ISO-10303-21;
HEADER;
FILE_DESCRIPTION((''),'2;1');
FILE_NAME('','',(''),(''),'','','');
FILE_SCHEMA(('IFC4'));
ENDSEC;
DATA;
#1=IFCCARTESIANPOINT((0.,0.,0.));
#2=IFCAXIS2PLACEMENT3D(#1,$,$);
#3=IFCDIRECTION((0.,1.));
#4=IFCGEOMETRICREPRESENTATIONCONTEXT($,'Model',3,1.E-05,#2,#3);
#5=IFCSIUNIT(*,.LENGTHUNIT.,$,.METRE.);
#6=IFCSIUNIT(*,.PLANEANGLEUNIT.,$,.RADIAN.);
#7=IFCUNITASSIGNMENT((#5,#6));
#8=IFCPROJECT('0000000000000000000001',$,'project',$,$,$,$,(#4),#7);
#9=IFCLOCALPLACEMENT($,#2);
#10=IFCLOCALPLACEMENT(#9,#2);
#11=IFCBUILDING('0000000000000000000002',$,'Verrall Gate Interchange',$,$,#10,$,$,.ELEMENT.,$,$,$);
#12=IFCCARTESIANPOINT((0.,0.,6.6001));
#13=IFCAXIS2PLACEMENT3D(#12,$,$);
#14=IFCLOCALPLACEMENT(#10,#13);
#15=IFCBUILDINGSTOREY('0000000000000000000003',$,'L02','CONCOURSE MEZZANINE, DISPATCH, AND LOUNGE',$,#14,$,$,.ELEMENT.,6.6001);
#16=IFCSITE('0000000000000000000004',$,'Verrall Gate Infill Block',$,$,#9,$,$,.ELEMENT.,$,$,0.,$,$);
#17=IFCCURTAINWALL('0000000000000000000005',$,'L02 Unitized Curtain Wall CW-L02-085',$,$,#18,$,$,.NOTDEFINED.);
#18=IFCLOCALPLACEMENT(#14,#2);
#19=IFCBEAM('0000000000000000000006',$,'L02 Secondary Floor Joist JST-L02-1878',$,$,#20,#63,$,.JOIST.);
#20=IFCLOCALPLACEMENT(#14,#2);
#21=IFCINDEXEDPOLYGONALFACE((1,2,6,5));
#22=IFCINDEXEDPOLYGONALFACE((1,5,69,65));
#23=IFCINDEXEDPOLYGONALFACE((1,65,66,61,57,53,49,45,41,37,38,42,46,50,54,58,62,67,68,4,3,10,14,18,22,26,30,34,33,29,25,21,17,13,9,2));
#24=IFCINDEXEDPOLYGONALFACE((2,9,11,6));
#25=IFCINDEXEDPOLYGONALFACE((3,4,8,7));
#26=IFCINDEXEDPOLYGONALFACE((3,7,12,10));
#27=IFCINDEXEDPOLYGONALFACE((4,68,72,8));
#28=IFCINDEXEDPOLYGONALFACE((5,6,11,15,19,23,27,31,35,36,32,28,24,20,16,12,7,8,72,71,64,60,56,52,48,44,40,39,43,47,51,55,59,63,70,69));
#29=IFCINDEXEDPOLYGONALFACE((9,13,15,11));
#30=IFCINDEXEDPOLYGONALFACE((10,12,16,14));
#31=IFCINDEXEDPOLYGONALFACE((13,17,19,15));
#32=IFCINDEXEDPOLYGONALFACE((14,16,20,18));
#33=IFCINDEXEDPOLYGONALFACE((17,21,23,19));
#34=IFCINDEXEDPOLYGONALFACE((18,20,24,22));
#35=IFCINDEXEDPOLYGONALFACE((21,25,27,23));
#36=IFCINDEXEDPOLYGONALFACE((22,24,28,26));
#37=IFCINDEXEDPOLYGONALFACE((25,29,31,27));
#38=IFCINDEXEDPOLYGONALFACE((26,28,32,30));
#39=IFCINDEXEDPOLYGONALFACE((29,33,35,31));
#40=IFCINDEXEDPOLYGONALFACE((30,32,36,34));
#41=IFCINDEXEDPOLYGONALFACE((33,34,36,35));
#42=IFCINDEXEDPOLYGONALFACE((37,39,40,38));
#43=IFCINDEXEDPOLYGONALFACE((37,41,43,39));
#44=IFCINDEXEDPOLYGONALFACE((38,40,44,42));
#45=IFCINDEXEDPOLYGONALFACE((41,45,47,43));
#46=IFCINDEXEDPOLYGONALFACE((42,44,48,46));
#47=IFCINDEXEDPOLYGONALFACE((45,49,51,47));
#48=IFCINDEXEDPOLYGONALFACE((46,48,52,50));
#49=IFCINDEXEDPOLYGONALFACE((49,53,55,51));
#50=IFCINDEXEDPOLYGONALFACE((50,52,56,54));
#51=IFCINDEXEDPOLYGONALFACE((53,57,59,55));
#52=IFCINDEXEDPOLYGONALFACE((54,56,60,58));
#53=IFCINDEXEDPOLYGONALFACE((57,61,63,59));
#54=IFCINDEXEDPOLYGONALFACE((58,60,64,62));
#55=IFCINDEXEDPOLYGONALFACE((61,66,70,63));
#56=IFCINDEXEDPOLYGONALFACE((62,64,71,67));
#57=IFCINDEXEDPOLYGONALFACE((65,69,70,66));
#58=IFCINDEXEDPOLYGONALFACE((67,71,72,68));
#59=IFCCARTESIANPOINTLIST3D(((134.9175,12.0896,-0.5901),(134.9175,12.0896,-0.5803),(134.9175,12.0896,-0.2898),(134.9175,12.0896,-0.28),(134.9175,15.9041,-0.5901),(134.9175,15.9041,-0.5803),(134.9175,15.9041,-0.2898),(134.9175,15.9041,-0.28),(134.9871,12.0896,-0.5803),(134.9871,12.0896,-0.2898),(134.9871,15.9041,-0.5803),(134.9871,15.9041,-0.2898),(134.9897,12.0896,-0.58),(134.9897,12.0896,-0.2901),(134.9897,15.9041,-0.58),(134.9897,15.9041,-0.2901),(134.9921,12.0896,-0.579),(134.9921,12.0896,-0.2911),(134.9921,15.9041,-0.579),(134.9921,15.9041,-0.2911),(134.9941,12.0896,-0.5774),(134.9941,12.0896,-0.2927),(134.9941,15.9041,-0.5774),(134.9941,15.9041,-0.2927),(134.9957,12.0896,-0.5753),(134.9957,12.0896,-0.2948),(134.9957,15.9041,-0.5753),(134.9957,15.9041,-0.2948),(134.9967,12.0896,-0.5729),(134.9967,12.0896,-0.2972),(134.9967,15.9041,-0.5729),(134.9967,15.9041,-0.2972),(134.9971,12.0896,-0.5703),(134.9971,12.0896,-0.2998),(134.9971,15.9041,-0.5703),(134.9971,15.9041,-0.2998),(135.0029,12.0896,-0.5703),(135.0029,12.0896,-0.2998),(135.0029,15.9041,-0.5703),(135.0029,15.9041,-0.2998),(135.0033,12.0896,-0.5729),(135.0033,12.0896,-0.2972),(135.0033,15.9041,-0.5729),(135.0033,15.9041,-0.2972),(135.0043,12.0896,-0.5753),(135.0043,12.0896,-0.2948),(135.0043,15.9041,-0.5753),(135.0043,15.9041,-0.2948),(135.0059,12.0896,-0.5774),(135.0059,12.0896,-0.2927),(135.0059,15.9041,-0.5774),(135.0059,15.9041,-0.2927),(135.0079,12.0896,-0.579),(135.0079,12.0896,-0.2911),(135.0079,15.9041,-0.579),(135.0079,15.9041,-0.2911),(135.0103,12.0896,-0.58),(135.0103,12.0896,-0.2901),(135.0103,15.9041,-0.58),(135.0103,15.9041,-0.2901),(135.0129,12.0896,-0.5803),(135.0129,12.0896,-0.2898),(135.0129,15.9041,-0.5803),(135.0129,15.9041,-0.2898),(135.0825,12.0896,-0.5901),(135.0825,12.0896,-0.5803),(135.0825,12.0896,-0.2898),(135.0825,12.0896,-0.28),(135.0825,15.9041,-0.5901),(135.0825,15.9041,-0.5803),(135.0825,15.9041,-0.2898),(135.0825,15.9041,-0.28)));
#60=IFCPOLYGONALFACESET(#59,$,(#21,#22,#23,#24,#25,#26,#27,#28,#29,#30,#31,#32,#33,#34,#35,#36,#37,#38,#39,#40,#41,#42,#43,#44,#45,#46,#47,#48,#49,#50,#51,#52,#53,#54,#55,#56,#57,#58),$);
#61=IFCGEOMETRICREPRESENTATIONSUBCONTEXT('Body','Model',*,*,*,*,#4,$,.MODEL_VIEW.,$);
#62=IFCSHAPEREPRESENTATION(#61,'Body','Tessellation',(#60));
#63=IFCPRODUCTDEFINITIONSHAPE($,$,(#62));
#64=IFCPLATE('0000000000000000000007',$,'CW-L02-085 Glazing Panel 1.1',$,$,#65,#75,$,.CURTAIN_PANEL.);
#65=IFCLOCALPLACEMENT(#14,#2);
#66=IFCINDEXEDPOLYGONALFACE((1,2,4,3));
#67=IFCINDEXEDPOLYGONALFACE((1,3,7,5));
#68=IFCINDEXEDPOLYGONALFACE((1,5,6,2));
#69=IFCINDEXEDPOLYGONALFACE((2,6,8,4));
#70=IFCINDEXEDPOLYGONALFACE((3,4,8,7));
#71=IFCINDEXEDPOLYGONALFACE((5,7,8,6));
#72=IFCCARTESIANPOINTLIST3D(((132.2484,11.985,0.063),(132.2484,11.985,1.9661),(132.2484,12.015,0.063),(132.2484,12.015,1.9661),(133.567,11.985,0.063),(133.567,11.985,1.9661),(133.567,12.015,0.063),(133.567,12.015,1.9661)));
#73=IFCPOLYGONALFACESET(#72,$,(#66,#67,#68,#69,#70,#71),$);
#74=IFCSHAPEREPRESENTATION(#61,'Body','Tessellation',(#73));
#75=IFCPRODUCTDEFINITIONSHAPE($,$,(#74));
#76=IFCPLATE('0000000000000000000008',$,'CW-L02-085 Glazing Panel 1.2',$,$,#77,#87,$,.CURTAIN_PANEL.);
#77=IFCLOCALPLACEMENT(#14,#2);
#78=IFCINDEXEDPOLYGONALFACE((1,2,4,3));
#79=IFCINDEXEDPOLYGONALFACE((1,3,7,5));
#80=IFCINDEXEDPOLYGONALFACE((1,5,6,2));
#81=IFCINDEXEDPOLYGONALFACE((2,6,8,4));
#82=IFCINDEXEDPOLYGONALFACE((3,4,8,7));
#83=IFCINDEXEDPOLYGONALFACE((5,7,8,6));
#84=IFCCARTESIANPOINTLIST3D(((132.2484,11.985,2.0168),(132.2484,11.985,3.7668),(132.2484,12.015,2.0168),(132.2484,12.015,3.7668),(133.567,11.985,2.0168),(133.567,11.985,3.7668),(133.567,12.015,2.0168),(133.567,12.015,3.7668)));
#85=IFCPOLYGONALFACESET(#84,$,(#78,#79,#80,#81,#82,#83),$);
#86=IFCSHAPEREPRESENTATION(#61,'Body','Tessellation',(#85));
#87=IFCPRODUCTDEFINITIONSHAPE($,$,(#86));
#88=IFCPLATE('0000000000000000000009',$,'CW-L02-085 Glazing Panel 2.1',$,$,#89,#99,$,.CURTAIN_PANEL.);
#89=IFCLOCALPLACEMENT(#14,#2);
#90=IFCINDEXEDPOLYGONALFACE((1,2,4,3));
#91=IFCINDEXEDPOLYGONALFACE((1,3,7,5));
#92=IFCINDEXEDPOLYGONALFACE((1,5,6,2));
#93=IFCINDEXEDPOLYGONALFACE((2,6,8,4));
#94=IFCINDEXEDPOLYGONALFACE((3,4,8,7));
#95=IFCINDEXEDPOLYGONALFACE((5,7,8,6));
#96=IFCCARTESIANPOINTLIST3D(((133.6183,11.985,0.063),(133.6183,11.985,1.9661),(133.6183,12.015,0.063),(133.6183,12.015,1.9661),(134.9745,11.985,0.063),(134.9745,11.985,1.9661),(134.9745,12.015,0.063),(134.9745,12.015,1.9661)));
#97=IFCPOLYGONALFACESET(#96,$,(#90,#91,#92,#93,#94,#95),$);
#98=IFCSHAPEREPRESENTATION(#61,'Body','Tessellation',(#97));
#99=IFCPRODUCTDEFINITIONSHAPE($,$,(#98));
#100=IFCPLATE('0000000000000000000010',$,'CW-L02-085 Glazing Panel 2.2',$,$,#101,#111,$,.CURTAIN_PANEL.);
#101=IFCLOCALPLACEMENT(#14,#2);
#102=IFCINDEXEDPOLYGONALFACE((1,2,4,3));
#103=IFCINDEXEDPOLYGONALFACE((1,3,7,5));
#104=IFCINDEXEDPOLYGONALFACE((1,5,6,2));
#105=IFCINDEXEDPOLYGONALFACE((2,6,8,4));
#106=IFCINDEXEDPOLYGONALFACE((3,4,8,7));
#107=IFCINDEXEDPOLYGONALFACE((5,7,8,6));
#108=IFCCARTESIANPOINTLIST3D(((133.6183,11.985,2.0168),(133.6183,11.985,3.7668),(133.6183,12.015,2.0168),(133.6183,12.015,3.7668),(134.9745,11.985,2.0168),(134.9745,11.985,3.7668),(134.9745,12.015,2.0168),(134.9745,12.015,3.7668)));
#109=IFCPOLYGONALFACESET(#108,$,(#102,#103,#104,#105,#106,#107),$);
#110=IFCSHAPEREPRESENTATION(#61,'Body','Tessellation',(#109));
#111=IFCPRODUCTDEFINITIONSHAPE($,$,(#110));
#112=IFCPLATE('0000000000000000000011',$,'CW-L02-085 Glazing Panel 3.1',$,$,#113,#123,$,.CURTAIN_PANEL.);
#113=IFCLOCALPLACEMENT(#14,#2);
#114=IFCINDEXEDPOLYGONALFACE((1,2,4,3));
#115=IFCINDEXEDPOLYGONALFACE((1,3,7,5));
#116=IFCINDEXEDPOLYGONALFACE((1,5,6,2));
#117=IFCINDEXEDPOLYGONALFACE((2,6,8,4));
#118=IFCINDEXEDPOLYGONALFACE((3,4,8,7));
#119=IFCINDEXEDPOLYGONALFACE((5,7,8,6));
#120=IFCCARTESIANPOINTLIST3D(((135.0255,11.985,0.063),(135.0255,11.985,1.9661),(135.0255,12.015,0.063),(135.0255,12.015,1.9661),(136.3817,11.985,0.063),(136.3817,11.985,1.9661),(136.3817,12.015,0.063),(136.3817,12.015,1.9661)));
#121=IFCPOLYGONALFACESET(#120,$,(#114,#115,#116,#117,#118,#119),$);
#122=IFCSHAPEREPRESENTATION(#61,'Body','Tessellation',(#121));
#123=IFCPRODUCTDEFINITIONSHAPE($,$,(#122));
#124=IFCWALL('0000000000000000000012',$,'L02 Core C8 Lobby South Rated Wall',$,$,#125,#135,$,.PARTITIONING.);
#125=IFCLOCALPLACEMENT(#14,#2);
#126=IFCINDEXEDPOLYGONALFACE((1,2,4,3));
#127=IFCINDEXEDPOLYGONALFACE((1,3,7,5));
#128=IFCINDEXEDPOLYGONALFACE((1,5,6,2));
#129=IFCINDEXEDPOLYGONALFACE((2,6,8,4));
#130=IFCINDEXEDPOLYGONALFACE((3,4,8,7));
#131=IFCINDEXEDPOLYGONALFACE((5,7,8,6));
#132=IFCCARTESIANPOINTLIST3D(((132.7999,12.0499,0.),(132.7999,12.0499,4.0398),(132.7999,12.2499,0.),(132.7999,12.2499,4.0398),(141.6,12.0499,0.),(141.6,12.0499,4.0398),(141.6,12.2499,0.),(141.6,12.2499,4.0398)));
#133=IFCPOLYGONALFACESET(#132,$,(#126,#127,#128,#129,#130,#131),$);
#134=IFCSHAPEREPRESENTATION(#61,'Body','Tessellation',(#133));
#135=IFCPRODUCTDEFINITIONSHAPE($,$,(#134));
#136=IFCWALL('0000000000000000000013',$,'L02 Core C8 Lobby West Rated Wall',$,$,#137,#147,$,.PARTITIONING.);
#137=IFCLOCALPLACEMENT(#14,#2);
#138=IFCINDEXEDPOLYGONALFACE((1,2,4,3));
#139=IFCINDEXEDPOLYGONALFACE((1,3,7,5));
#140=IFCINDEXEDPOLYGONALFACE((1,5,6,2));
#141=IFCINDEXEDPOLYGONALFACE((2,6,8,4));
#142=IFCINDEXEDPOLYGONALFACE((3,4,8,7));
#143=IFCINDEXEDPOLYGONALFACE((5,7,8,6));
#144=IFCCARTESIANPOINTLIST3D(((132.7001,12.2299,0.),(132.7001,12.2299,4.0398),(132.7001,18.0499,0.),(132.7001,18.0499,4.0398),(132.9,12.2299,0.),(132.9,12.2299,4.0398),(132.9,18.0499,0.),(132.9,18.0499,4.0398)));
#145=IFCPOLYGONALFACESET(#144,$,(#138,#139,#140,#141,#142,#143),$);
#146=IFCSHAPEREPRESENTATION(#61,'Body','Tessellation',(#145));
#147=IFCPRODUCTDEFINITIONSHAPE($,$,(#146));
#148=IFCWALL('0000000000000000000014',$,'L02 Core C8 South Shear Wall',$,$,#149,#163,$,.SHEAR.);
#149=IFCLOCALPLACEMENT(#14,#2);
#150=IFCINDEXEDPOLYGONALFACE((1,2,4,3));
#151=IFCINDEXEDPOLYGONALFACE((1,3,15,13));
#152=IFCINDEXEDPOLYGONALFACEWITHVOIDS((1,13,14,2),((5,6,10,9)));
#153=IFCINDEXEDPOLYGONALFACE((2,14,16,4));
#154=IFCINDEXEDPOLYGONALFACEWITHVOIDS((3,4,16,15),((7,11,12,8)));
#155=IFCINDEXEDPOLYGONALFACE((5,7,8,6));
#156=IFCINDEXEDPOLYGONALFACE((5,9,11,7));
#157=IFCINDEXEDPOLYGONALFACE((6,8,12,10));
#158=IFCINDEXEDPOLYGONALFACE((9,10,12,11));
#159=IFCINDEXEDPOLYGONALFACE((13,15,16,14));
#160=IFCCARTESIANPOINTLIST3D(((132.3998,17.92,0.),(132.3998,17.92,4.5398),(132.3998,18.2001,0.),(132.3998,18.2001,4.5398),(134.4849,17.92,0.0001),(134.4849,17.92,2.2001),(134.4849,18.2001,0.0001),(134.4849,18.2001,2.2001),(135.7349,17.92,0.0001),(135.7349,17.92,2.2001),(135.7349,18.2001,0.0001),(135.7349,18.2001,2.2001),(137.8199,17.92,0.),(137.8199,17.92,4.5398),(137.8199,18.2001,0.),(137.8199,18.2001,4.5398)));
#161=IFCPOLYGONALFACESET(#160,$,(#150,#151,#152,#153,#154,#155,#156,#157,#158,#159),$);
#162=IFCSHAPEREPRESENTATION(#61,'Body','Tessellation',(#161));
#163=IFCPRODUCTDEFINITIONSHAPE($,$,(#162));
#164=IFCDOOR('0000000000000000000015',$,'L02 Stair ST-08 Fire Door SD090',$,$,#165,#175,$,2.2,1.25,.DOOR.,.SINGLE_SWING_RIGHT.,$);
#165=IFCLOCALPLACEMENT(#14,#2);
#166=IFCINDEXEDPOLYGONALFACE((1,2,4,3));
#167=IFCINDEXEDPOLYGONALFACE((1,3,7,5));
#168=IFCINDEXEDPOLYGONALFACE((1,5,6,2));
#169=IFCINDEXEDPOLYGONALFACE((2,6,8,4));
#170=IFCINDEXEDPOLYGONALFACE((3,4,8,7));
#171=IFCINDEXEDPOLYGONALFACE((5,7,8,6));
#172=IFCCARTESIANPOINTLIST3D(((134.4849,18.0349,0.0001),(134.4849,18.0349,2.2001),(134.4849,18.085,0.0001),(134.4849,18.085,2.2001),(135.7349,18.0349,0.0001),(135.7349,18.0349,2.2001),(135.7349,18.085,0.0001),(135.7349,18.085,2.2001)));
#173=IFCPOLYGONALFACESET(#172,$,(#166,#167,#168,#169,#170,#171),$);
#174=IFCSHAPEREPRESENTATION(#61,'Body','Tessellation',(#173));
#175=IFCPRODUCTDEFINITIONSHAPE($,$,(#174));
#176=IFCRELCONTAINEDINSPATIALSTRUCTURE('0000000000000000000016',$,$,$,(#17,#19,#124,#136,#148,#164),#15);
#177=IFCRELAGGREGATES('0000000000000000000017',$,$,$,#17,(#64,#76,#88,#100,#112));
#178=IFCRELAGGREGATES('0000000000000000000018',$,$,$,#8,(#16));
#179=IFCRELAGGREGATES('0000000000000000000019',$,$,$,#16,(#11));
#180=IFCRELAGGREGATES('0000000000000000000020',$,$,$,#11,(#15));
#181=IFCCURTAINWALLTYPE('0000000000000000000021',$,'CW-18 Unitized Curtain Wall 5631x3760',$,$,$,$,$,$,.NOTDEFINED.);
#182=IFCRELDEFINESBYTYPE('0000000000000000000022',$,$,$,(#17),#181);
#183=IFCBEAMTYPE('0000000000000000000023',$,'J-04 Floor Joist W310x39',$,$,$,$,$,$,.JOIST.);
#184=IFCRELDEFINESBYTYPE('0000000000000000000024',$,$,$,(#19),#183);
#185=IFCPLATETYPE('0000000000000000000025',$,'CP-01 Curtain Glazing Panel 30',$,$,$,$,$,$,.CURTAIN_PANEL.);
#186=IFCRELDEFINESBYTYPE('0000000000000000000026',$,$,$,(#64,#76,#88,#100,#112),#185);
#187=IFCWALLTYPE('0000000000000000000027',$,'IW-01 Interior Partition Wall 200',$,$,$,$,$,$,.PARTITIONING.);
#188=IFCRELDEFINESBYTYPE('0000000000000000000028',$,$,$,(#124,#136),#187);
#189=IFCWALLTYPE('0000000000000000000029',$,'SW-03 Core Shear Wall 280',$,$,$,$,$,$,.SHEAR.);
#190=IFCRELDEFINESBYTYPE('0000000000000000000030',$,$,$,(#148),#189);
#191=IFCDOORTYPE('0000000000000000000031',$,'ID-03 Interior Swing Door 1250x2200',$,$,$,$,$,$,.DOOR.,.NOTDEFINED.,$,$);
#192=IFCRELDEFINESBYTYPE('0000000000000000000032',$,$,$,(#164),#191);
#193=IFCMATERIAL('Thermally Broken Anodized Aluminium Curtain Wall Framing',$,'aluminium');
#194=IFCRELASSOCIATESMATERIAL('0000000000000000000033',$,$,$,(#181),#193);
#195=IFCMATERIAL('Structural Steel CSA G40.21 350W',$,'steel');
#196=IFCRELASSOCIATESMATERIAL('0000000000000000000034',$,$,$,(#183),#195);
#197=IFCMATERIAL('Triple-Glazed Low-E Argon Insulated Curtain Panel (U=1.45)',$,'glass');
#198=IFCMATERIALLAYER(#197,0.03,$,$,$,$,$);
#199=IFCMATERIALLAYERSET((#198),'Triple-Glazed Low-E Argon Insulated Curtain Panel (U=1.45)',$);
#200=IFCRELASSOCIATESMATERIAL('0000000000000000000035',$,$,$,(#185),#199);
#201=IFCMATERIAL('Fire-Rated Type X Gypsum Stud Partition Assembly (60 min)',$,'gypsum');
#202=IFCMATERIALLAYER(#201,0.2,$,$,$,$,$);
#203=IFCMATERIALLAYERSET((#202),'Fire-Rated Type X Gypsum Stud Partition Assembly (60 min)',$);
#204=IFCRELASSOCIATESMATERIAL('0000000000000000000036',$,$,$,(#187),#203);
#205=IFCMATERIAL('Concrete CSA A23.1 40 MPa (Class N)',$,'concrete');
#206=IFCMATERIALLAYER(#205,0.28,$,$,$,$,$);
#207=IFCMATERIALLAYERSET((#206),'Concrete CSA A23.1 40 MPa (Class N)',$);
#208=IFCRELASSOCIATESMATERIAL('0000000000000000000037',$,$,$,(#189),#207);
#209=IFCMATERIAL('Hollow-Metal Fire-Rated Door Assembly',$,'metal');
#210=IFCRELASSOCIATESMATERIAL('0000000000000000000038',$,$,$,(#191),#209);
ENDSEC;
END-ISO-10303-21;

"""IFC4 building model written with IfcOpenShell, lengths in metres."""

from ifc_helpers import new_model, si_unit, direction, frame, frame_2d, origin, origin_2d, place, context, subcontext, project, spatial, rectangle, i_section, extrude, material, layer, layer_set, material_profile, profile_set, type_object, element, fill, aggregate, save


model = new_model("IFC4")

# Units and contexts
model_context = context("Model", 3, precision=1e-05, world=origin(), true_north=direction((0.0, 1.0)))
body_context = subcontext(model_context, "Body", "Model", "MODEL_VIEW")
ifc_project = project(units=[si_unit("LENGTHUNIT", "METRE"), si_unit("PLANEANGLEUNIT", "RADIAN")], contexts=[model_context])

# Site, building, storey
site_placement = place(None, origin())
site = spatial("IfcSite", under=ifc_project, at=site_placement, Name="Verrall Gate Infill Block", CompositionType="ELEMENT", RefElevation=0.0)
building_placement = place(site_placement, origin())
building = spatial("IfcBuilding", under=site, at=building_placement, Name="Verrall Gate Interchange", CompositionType="ELEMENT")
storey_placement = place(building_placement, frame((0.0, 0.0, 6.6001)))
storey = spatial("IfcBuildingStorey", under=building, at=storey_placement, Name="L02", Description="CONCOURSE MEZZANINE, DISPATCH, AND LOUNGE", CompositionType="ELEMENT", Elevation=6.6001)

# Curtain wall
ifc_material_1 = material(Name="Thermally Broken Anodized Aluminium Curtain Wall Framing", Category="aluminium")
curtain_wall_type = type_object("IfcCurtainWallType", Name="CW-18 Unitized Curtain Wall 5631x3760", PredefinedType="NOTDEFINED", material=ifc_material_1)
curtain_wall_placement = place(storey_placement, origin())
curtain_wall = element("IfcCurtainWall", 1, at=curtain_wall_placement, inside=storey, type_object=curtain_wall_type, Name="L02 Unitized Curtain Wall CW-L02-085", PredefinedType="NOTDEFINED")

# Beam
ifc_material_2 = material(Name="Structural Steel CSA G40.21 350W", Category="steel")
ifc_material_profile_1 = material_profile(ifc_material_2, i_section(OverallWidth=0.165, OverallDepth=0.3101, WebThickness=0.0059, FlangeThickness=0.0098, FilletRadius=0.01, at=origin_2d()), Name="W310x39")
ifc_profile_set_1 = profile_set([ifc_material_profile_1], Name="Structural Steel CSA G40.21 350W")
beam_type_1 = type_object("IfcBeamType", Name="J-04 Floor Joist W310x39", PredefinedType="JOIST", material=ifc_profile_set_1)
beam_1_placement = place(storey_placement, frame((135.0, 12.0896, -0.4351), z_axis=(0.0, 1.0, 0.0), x_axis=(-1.0, 0.0, 0.0)))
element("IfcBeam", 2, at=beam_1_placement, inside=storey, type_object=beam_type_1, Name="L02 Secondary Floor Joist JST-L02-1878", PredefinedType="JOIST", context=body_context, shape_type="SweptSolid", body=[
    extrude(i_section(OverallWidth=0.165, OverallDepth=0.3101, WebThickness=0.0059, FlangeThickness=0.0098, FilletRadius=0.01, at=origin_2d()), origin(), (0.0, 0.0, 1.0), 3.8145),
])

# Plates
ifc_material_3 = material(Name="Triple-Glazed Low-E Argon Insulated Curtain Panel (U=1.45)", Category="glass")
ifc_layer_1 = layer(ifc_material_3, 0.03)
ifc_layer_set_1 = layer_set([ifc_layer_1], Name="Triple-Glazed Low-E Argon Insulated Curtain Panel (U=1.45)")
plate_type = type_object("IfcPlateType", Name="CP-01 Curtain Glazing Panel 30", PredefinedType="CURTAIN_PANEL", material=ifc_layer_set_1)
plate_1_placement = place(storey_placement, frame((132.9077, 12.0, 0.063), z_axis=(0.0, 0.0, 1.0), x_axis=(1.0, 0.0, 0.0)))
plate_1 = element("IfcPlate", 3, at=plate_1_placement, type_object=plate_type, Name="CW-L02-085 Glazing Panel 1.1", PredefinedType="CURTAIN_PANEL", context=body_context, shape_type="SweptSolid", body=[
    extrude(rectangle(XDim=1.3186, YDim=0.03, at=origin_2d()), origin(), (0.0, 0.0, 1.0), 1.9031),
])
plate_2_placement = place(storey_placement, frame((132.9077, 12.0, 2.0168), z_axis=(0.0, 0.0, 1.0), x_axis=(1.0, 0.0, 0.0)))
plate_2 = element("IfcPlate", 4, at=plate_2_placement, type_object=plate_type, Name="CW-L02-085 Glazing Panel 1.2", PredefinedType="CURTAIN_PANEL", context=body_context, shape_type="SweptSolid", body=[
    extrude(rectangle(XDim=1.3186, YDim=0.03, at=origin_2d()), origin(), (0.0, 0.0, 1.0), 1.75),
])
plate_3_placement = place(storey_placement, frame((134.2964, 12.0, 0.063), z_axis=(0.0, 0.0, 1.0), x_axis=(1.0, 0.0, 0.0)))
plate_3 = element("IfcPlate", 5, at=plate_3_placement, type_object=plate_type, Name="CW-L02-085 Glazing Panel 2.1", PredefinedType="CURTAIN_PANEL", context=body_context, shape_type="SweptSolid", body=[
    extrude(rectangle(XDim=1.3562, YDim=0.03, at=origin_2d()), origin(), (0.0, 0.0, 1.0), 1.9031),
])
plate_4_placement = place(storey_placement, frame((134.2964, 12.0, 2.0168), z_axis=(0.0, 0.0, 1.0), x_axis=(1.0, 0.0, 0.0)))
plate_4 = element("IfcPlate", 6, at=plate_4_placement, type_object=plate_type, Name="CW-L02-085 Glazing Panel 2.2", PredefinedType="CURTAIN_PANEL", context=body_context, shape_type="SweptSolid", body=[
    extrude(rectangle(XDim=1.3562, YDim=0.03, at=origin_2d()), origin(), (0.0, 0.0, 1.0), 1.75),
])
plate_5_placement = place(storey_placement, frame((135.7036, 12.0, 0.063), z_axis=(0.0, 0.0, 1.0), x_axis=(1.0, 0.0, 0.0)))
plate_5 = element("IfcPlate", 7, at=plate_5_placement, type_object=plate_type, Name="CW-L02-085 Glazing Panel 3.1", PredefinedType="CURTAIN_PANEL", context=body_context, shape_type="SweptSolid", body=[
    extrude(rectangle(XDim=1.3562, YDim=0.03, at=origin_2d()), origin(), (0.0, 0.0, 1.0), 1.9031),
])
aggregate(curtain_wall, [plate_1, plate_2, plate_3, plate_4, plate_5])

# Walls
ifc_material_4 = material(Name="Fire-Rated Type X Gypsum Stud Partition Assembly (60 min)", Category="gypsum")
ifc_layer_2 = layer(ifc_material_4, 0.2)
ifc_layer_set_2 = layer_set([ifc_layer_2], Name="Fire-Rated Type X Gypsum Stud Partition Assembly (60 min)")
wall_type_1 = type_object("IfcWallType", Name="IW-01 Interior Partition Wall 200", PredefinedType="PARTITIONING", material=ifc_layer_set_2)
wall_1_placement = place(storey_placement, frame((132.8, 12.1499, 0.0), z_axis=(0.0, 0.0, 1.0), x_axis=(1.0, 0.0, 0.0)))
element("IfcWall", 8, at=wall_1_placement, inside=storey, type_object=wall_type_1, Name="L02 Core C8 Lobby South Rated Wall", PredefinedType="PARTITIONING", context=body_context, shape_type="SweptSolid", body=[
    extrude(rectangle(XDim=8.8, YDim=0.2, at=frame_2d((4.3999, 0.0))), origin(), (0.0, 0.0, 1.0), 4.0398),
])
wall_2_placement = place(storey_placement, frame((132.8, 18.05, 0.0), z_axis=(0.0, 0.0, 1.0), x_axis=(0.0, -1.0, 0.0)))
element("IfcWall", 9, at=wall_2_placement, inside=storey, type_object=wall_type_1, Name="L02 Core C8 Lobby West Rated Wall", PredefinedType="PARTITIONING", context=body_context, shape_type="SweptSolid", body=[
    extrude(rectangle(XDim=5.8201, YDim=0.2, at=frame_2d((2.9102, 0.0))), origin(), (0.0, 0.0, 1.0), 4.0398),
])

# Wall, opening, door
ifc_material_5 = material(Name="Concrete CSA A23.1 40 MPa (Class N)", Category="concrete")
ifc_layer_3 = layer(ifc_material_5, 0.28)
ifc_layer_set_3 = layer_set([ifc_layer_3], Name="Concrete CSA A23.1 40 MPa (Class N)")
wall_type_2 = type_object("IfcWallType", Name="SW-03 Core Shear Wall 280", PredefinedType="SHEAR", material=ifc_layer_set_3)
wall_3_placement = place(storey_placement, frame((132.3999, 18.0601, 0.0), z_axis=(0.0, 0.0, 1.0), x_axis=(1.0, 0.0, 0.0)))
wall_3 = element("IfcWall", 10, at=wall_3_placement, inside=storey, type_object=wall_type_2, Name="L02 Core C8 South Shear Wall", PredefinedType="SHEAR", context=body_context, shape_type="SweptSolid", body=[
    extrude(rectangle(XDim=5.4202, YDim=0.28, at=frame_2d((2.71, 0.0))), origin(), (0.0, 0.0, 1.0), 4.5398),
])
opening_placement = place(wall_3_placement, frame((2.085, 0.0, 0.0)))
opening = element("IfcOpeningElement", 11, at=opening_placement, cuts=wall_3, PredefinedType="OPENING", context=body_context, shape_type="SweptSolid", body=[
    extrude(rectangle(XDim=1.25, YDim=2.2, at=frame_2d((0.625, 1.1001))), frame((0.0, 0.1548, 0.0), z_axis=(0.0, -1.0, 0.0), x_axis=(1.0, 0.0, 0.0)), (0.0, 0.0, 1.0), 0.3098),
])
ifc_material_6 = material(Name="Hollow-Metal Fire-Rated Door Assembly", Category="metal")
door_type = type_object("IfcDoorType", Name="ID-03 Interior Swing Door 1250x2200", OperationType="NOTDEFINED", PredefinedType="DOOR", material=ifc_material_6)
door_placement = place(opening_placement, origin())
door = element("IfcDoor", 12, at=door_placement, inside=storey, type_object=door_type, Name="L02 Stair ST-08 Fire Door SD090", OperationType="SINGLE_SWING_RIGHT", OverallHeight=2.2, OverallWidth=1.25, PredefinedType="DOOR", context=body_context, shape_type="SweptSolid", body=[
    extrude(rectangle(XDim=1.25, YDim=2.2, at=frame_2d((0.625, 1.1001))), frame((0.0, 0.0249, 0.0), z_axis=(0.0, -1.0, 0.0), x_axis=(1.0, 0.0, 0.0)), (0.0, 0.0, 1.0), 0.05),
])
fill(opening, door)

save(model, "model.ifc")
